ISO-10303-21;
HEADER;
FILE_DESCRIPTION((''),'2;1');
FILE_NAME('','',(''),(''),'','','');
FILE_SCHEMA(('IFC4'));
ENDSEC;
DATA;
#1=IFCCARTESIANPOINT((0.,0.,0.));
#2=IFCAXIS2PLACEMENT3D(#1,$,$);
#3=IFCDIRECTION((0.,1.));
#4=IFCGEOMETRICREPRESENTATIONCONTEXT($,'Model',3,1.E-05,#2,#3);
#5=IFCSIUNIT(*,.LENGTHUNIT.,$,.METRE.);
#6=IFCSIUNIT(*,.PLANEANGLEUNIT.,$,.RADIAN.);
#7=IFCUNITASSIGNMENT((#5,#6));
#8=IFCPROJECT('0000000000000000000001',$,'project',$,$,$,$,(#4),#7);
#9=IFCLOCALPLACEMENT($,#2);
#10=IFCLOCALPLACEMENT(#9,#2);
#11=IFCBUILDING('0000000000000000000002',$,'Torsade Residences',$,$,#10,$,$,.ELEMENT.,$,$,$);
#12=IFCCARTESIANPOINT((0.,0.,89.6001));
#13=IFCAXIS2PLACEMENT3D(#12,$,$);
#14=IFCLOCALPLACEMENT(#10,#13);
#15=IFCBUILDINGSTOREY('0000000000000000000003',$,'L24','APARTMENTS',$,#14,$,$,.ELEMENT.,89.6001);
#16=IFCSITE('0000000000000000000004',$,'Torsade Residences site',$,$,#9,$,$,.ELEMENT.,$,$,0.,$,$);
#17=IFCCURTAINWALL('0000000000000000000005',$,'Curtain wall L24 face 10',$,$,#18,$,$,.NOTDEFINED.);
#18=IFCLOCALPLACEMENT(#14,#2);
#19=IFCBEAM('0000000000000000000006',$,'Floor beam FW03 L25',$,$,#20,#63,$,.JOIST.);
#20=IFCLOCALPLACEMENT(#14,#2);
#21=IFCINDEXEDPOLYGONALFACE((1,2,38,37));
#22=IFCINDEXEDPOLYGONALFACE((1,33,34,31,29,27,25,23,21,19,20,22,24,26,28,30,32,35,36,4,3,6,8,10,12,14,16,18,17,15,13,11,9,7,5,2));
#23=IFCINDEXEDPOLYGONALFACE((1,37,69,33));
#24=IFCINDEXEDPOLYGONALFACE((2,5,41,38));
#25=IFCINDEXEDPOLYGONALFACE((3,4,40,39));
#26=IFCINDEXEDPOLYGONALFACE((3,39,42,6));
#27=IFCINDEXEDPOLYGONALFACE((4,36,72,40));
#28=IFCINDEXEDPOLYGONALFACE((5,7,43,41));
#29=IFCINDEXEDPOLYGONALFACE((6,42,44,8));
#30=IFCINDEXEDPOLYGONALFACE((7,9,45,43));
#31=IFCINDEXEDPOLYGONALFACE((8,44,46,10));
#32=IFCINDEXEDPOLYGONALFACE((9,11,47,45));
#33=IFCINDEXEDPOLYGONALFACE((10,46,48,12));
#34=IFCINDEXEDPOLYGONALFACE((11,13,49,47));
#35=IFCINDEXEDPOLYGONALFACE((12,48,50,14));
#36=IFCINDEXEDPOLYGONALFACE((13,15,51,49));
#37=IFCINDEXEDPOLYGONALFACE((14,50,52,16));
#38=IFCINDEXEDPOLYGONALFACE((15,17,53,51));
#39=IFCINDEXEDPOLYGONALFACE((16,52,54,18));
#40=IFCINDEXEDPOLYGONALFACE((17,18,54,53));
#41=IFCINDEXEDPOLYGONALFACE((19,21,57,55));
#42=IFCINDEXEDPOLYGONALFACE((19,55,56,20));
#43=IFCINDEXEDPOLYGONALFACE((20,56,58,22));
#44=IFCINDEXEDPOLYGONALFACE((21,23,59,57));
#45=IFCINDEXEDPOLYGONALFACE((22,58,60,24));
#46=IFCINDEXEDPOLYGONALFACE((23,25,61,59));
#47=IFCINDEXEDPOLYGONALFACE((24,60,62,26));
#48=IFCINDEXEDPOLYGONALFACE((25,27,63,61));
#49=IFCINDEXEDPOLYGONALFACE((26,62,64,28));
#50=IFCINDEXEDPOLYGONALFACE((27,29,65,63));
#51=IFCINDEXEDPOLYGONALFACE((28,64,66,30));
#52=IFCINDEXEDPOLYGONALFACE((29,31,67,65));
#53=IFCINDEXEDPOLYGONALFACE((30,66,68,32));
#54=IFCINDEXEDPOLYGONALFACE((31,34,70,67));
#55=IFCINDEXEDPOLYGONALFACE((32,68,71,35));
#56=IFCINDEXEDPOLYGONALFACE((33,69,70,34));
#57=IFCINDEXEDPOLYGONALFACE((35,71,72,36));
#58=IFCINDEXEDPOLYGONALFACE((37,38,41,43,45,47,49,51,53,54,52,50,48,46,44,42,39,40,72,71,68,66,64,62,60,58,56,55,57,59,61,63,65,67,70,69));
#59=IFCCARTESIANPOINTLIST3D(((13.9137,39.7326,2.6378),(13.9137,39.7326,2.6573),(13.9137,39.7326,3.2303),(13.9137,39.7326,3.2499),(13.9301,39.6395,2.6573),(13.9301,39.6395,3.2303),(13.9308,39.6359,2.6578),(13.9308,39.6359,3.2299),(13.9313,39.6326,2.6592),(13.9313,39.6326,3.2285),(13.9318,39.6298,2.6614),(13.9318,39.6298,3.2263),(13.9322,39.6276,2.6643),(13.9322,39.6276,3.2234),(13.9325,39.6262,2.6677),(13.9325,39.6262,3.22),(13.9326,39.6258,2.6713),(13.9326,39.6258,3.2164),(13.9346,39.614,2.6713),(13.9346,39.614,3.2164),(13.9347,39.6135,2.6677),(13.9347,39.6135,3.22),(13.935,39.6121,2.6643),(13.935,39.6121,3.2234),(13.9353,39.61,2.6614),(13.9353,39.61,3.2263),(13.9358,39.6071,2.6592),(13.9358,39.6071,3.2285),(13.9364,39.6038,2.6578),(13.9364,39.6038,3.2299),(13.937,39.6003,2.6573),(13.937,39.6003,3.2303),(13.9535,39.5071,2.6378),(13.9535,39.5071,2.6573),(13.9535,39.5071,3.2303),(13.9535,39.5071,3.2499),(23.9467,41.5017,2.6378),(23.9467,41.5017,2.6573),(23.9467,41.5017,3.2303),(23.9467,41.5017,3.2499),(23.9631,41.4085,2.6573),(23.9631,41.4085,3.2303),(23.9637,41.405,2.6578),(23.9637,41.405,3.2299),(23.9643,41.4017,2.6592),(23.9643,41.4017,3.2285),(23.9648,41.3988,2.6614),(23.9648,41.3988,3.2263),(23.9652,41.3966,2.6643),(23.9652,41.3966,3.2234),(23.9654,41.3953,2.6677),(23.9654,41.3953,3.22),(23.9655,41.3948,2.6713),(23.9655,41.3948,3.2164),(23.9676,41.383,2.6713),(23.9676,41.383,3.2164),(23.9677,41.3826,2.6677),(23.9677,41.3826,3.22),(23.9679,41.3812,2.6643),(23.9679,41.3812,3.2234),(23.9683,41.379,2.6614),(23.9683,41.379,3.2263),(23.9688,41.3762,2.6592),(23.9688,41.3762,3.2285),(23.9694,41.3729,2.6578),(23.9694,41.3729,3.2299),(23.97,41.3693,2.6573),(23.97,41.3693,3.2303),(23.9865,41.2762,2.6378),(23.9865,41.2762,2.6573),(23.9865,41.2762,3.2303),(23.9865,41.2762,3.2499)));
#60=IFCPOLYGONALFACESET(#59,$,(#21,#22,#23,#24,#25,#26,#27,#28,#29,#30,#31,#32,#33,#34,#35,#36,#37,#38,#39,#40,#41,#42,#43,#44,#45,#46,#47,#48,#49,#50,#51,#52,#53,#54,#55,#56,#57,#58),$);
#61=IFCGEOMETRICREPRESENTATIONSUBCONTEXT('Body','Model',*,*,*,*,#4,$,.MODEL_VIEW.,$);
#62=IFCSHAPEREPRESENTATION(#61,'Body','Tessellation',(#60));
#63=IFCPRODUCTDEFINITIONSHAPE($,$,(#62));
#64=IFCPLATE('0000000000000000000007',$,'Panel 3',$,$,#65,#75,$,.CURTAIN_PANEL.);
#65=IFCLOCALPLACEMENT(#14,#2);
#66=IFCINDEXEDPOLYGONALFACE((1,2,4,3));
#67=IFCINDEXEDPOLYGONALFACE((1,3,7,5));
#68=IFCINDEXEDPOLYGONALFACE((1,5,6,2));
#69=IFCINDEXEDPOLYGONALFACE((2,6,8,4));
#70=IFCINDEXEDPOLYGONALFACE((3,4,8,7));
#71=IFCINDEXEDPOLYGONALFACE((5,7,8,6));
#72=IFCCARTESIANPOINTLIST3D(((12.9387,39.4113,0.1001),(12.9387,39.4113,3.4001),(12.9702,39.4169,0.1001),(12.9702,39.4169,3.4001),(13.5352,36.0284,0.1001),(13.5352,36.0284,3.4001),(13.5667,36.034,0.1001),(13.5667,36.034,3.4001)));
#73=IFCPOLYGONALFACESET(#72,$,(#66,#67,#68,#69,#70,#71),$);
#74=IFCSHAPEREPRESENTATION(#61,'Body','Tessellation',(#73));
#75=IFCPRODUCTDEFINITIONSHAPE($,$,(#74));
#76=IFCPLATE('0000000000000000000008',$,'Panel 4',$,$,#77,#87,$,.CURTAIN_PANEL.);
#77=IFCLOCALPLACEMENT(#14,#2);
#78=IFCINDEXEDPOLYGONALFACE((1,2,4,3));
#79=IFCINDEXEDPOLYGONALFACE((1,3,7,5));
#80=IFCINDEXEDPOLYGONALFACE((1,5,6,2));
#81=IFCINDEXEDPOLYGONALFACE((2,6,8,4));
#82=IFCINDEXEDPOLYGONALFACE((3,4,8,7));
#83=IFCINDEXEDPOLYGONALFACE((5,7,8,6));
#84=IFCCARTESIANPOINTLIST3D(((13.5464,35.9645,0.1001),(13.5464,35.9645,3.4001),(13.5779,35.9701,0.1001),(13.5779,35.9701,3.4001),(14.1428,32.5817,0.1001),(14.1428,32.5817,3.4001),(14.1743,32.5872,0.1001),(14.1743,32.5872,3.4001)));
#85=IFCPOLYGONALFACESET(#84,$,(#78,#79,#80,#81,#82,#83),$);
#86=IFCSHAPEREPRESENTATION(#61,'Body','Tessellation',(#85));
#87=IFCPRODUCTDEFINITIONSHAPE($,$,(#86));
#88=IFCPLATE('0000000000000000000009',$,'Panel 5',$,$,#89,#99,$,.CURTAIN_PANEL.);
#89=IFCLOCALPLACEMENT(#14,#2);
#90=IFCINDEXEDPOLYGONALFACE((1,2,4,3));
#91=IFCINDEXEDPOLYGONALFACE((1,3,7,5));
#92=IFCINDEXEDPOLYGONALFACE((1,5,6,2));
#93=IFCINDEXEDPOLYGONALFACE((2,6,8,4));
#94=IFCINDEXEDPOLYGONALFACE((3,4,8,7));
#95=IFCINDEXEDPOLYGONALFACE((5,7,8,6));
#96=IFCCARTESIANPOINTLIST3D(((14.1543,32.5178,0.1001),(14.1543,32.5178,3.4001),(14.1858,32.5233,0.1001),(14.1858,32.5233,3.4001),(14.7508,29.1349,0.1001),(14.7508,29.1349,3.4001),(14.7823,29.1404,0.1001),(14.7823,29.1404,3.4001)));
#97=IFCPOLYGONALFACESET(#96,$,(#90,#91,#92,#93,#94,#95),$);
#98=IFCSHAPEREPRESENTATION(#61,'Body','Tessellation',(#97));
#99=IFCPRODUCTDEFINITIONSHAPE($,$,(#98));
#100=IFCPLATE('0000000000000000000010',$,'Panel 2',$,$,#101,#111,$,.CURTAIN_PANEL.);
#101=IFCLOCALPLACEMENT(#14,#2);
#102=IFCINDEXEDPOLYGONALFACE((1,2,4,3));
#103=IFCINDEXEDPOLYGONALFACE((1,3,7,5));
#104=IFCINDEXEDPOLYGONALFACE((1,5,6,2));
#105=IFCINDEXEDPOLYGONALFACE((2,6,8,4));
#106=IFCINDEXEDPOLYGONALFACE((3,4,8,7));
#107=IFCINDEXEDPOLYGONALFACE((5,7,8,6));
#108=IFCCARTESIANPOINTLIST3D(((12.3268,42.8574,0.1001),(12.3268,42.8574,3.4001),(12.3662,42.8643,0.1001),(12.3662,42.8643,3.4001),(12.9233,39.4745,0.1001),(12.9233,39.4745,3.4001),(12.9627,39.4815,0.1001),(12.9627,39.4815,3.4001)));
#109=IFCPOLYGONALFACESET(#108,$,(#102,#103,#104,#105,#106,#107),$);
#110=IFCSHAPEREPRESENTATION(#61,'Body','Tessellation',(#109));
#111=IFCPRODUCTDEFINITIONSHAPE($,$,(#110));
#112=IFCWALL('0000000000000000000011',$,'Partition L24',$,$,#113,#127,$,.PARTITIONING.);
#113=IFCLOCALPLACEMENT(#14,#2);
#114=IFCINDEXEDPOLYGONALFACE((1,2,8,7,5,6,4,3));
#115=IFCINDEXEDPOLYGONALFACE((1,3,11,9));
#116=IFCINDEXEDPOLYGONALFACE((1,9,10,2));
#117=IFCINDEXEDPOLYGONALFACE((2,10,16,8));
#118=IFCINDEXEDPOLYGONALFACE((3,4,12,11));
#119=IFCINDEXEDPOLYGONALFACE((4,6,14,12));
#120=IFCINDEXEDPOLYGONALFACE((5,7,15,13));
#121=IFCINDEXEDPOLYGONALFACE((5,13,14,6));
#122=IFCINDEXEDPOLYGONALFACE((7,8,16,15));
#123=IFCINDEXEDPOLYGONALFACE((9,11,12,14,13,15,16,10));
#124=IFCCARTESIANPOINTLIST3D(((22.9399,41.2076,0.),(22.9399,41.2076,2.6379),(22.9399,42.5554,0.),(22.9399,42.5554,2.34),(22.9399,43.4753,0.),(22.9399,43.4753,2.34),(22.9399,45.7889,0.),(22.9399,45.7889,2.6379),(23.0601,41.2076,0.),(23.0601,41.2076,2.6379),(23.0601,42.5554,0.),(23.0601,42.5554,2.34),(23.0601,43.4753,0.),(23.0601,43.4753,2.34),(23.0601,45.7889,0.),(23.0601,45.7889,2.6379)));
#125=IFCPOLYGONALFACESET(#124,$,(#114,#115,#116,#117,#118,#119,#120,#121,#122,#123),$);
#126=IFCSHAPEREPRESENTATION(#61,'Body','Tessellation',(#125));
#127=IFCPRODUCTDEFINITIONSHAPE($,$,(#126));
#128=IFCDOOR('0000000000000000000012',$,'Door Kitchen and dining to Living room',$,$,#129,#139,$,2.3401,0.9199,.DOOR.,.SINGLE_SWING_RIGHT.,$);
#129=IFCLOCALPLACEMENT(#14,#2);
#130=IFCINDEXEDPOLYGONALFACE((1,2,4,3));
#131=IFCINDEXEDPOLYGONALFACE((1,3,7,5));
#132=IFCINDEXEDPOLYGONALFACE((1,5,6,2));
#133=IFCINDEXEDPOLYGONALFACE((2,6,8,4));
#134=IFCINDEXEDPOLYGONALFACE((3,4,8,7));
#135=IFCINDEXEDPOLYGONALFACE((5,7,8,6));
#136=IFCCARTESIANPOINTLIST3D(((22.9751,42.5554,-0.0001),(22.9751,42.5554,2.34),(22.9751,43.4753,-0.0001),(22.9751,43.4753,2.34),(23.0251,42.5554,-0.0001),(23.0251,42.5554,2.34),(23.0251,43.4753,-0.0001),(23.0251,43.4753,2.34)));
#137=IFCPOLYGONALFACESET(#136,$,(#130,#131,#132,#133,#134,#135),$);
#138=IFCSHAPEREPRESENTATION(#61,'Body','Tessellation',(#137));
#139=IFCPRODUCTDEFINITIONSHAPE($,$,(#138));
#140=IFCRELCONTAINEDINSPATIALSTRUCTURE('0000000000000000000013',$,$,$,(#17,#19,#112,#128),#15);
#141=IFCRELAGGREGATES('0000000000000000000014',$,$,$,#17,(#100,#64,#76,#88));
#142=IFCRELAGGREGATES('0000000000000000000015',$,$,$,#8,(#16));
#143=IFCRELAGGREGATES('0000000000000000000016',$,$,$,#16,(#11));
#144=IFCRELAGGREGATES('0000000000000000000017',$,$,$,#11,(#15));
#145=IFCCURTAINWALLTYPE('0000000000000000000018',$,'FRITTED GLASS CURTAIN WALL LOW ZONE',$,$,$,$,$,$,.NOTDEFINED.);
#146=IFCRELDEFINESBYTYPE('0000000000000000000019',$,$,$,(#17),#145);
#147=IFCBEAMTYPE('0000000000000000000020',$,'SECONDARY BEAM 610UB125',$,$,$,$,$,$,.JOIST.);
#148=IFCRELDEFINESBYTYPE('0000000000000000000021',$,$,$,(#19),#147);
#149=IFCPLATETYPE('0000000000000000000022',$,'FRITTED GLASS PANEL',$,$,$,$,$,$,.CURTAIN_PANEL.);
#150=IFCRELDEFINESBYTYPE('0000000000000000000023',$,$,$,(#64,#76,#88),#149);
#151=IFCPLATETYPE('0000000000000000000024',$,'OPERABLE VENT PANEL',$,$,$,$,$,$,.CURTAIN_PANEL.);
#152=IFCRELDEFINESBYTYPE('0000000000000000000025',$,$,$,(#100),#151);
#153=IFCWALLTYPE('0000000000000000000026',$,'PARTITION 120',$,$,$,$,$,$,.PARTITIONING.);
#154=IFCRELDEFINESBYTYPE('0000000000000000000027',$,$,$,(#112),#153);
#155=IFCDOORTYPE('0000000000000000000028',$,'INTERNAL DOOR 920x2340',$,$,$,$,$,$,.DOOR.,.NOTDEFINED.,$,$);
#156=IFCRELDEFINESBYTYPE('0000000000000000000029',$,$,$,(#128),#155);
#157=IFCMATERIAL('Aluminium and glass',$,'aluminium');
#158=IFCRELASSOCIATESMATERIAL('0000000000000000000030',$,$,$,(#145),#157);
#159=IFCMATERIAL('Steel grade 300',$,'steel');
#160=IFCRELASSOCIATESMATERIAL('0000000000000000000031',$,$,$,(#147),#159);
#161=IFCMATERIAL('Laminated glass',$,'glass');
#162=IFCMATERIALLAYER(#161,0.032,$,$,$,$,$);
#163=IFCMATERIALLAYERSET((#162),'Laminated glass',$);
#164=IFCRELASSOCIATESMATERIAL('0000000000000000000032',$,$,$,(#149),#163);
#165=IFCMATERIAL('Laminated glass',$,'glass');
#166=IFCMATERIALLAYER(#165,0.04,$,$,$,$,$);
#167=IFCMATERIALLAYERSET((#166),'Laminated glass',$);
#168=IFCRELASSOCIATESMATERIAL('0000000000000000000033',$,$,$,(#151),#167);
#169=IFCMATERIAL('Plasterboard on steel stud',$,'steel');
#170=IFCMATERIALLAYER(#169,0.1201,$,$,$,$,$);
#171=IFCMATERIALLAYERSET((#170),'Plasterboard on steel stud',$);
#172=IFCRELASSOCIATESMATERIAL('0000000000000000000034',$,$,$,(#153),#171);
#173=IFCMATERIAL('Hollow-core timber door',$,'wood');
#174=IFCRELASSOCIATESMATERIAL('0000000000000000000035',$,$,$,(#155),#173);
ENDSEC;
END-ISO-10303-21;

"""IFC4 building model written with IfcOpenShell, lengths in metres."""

from ifc_helpers import new_model, si_unit, direction, frame, frame_2d, origin, origin_2d, place, context, subcontext, project, spatial, rectangle, i_section, extrude, material, layer, layer_set, material_profile, profile_set, type_object, element, fill, aggregate, save


model = new_model("IFC4")

# Units and contexts
model_context = context("Model", 3, precision=1e-05, world=origin(), true_north=direction((0.0, 1.0)))
body_context = subcontext(model_context, "Body", "Model", "MODEL_VIEW")
ifc_project = project(units=[si_unit("LENGTHUNIT", "METRE"), si_unit("PLANEANGLEUNIT", "RADIAN")], contexts=[model_context])

# Site, building, storey
site_placement = place(None, origin())
site = spatial("IfcSite", under=ifc_project, at=site_placement, Name="Torsade Residences site", CompositionType="ELEMENT", RefElevation=0.0)
building_placement = place(site_placement, origin())
building = spatial("IfcBuilding", under=site, at=building_placement, Name="Torsade Residences", CompositionType="ELEMENT")
storey_placement = place(building_placement, frame((0.0, 0.0, 89.6001)))
storey = spatial("IfcBuildingStorey", under=building, at=storey_placement, Name="L24", Description="APARTMENTS", CompositionType="ELEMENT", Elevation=89.6001)

# Curtain wall
ifc_material_1 = material(Name="Aluminium and glass", Category="aluminium")
curtain_wall_type = type_object("IfcCurtainWallType", Name="FRITTED GLASS CURTAIN WALL LOW ZONE", PredefinedType="NOTDEFINED", material=ifc_material_1)
curtain_wall_placement = place(storey_placement, origin())
curtain_wall = element("IfcCurtainWall", 1, at=curtain_wall_placement, inside=storey, type_object=curtain_wall_type, Name="Curtain wall L24 face 10", PredefinedType="NOTDEFINED")

# Beam
ifc_material_2 = material(Name="Steel grade 300", Category="steel")
ifc_material_profile_1 = material_profile(ifc_material_2, i_section(OverallWidth=0.229, OverallDepth=0.6121, WebThickness=0.012, FlangeThickness=0.0195, FilletRadius=0.0139, at=origin_2d()), Name="610UB125")
ifc_profile_set_1 = profile_set([ifc_material_profile_1], Name="Steel grade 300")
beam_type_1 = type_object("IfcBeamType", Name="SECONDARY BEAM 610UB125", PredefinedType="JOIST", material=ifc_profile_set_1)
beam_1_placement = place(storey_placement, frame((13.9336, 39.6199, 2.9438), z_axis=(0.984808, 0.173645, 0.0), x_axis=(-0.173645, 0.984808, 0.0)))
element("IfcBeam", 2, at=beam_1_placement, inside=storey, type_object=beam_type_1, Name="Floor beam FW03 L25", PredefinedType="JOIST", context=body_context, shape_type="SweptSolid", body=[
    extrude(i_section(OverallWidth=0.229, OverallDepth=0.6121, WebThickness=0.012, FlangeThickness=0.0195, FilletRadius=0.0139, at=origin_2d()), origin(), (0.0, 0.0, 1.0), 10.1877),
])

# Plates
ifc_material_3 = material(Name="Laminated glass", Category="glass")
ifc_layer_1 = layer(ifc_material_3, 0.032)
ifc_layer_set_1 = layer_set([ifc_layer_1], Name="Laminated glass")
plate_type_1 = type_object("IfcPlateType", Name="FRITTED GLASS PANEL", PredefinedType="CURTAIN_PANEL", material=ifc_layer_set_1)
plate_1_placement = place(storey_placement, frame((13.2527, 37.7227, 0.1001), z_axis=(0.0, 0.0, 1.0), x_axis=(0.173648, -0.984808, 0.0)))
plate_1 = element("IfcPlate", 3, at=plate_1_placement, type_object=plate_type_1, Name="Panel 3", PredefinedType="CURTAIN_PANEL", context=body_context, shape_type="SweptSolid", body=[
    extrude(rectangle(XDim=3.4351, YDim=0.032, at=origin_2d()), origin(), (0.0, 0.0, 1.0), 3.3),
])
plate_2_placement = place(storey_placement, frame((13.8604, 34.2759, 0.1001), z_axis=(0.0, 0.0, 1.0), x_axis=(0.173648, -0.984808, 0.0)))
plate_2 = element("IfcPlate", 4, at=plate_2_placement, type_object=plate_type_1, Name="Panel 4", PredefinedType="CURTAIN_PANEL", context=body_context, shape_type="SweptSolid", body=[
    extrude(rectangle(XDim=3.4351, YDim=0.032, at=origin_2d()), origin(), (0.0, 0.0, 1.0), 3.3),
])
plate_3_placement = place(storey_placement, frame((14.4683, 30.8291, 0.1001), z_axis=(0.0, 0.0, 1.0), x_axis=(0.173648, -0.984808, 0.0)))
plate_3 = element("IfcPlate", 5, at=plate_3_placement, type_object=plate_type_1, Name="Panel 5", PredefinedType="CURTAIN_PANEL", context=body_context, shape_type="SweptSolid", body=[
    extrude(rectangle(XDim=3.4351, YDim=0.032, at=origin_2d()), origin(), (0.0, 0.0, 1.0), 3.3),
])
ifc_material_4 = material(Name="Laminated glass", Category="glass")
ifc_layer_2 = layer(ifc_material_4, 0.04)
ifc_layer_set_2 = layer_set([ifc_layer_2], Name="Laminated glass")
plate_type_2 = type_object("IfcPlateType", Name="OPERABLE VENT PANEL", PredefinedType="CURTAIN_PANEL", material=ifc_layer_set_2)
plate_4_placement = place(storey_placement, frame((12.6448, 41.1694, 0.1001), z_axis=(0.0, 0.0, 1.0), x_axis=(0.173648, -0.984808, 0.0)))
plate_4 = element("IfcPlate", 6, at=plate_4_placement, type_object=plate_type_2, Name="Panel 2", PredefinedType="CURTAIN_PANEL", context=body_context, shape_type="SweptSolid", body=[
    extrude(rectangle(XDim=3.4351, YDim=0.04, at=origin_2d()), origin(), (0.0, 0.0, 1.0), 3.3),
])
aggregate(curtain_wall, [plate_4, plate_1, plate_2, plate_3])

# Wall, opening, door
ifc_material_5 = material(Name="Plasterboard on steel stud", Category="steel")
ifc_layer_3 = layer(ifc_material_5, 0.1201)
ifc_layer_set_3 = layer_set([ifc_layer_3], Name="Plasterboard on steel stud")
wall_type_1 = type_object("IfcWallType", Name="PARTITION 120", PredefinedType="PARTITIONING", material=ifc_layer_set_3)
wall_1_placement = place(storey_placement, frame((23.0, 41.2078, 0.0), z_axis=(0.0, 0.0, 1.0), x_axis=(0.0, 1.0, 0.0)))
wall_1 = element("IfcWall", 7, at=wall_1_placement, inside=storey, type_object=wall_type_1, Name="Partition L24", PredefinedType="PARTITIONING", context=body_context, shape_type="SweptSolid", body=[
    extrude(rectangle(XDim=4.5813, YDim=0.1201, at=frame_2d((2.2905, 0.0))), origin(), (0.0, 0.0, 1.0), 2.6379),
])
opening_1_placement = place(wall_1_placement, frame((1.3477, 0.0, 0.0)))
opening_1 = element("IfcOpeningElement", 8, at=opening_1_placement, cuts=wall_1, PredefinedType="OPENING", context=body_context, shape_type="SweptSolid", body=[
    extrude(rectangle(XDim=0.9199, YDim=2.3401, at=frame_2d((0.46, 1.1699))), frame((0.0, 0.0701, 0.0), z_axis=(0.0, -1.0, 0.0), x_axis=(1.0, 0.0, 0.0)), (0.0, 0.0, 1.0), 0.1401),
])
ifc_material_6 = material(Name="Hollow-core timber door", Category="wood")
door_type_1 = type_object("IfcDoorType", Name="INTERNAL DOOR 920x2340", OperationType="NOTDEFINED", PredefinedType="DOOR", material=ifc_material_6)
door_1_placement = place(opening_1_placement, origin())
door_1 = element("IfcDoor", 9, at=door_1_placement, inside=storey, type_object=door_type_1, Name="Door Kitchen and dining to Living room", OperationType="SINGLE_SWING_RIGHT", OverallHeight=2.3401, OverallWidth=0.9199, PredefinedType="DOOR", context=body_context, shape_type="SweptSolid", body=[
    extrude(rectangle(XDim=0.9199, YDim=2.3401, at=frame_2d((0.46, 1.1699))), frame((0.0, 0.0249, 0.0), z_axis=(0.0, -1.0, 0.0), x_axis=(1.0, 0.0, 0.0)), (0.0, 0.0, 1.0), 0.05),
])
fill(opening_1, door_1)

save(model, "model.ifc")
